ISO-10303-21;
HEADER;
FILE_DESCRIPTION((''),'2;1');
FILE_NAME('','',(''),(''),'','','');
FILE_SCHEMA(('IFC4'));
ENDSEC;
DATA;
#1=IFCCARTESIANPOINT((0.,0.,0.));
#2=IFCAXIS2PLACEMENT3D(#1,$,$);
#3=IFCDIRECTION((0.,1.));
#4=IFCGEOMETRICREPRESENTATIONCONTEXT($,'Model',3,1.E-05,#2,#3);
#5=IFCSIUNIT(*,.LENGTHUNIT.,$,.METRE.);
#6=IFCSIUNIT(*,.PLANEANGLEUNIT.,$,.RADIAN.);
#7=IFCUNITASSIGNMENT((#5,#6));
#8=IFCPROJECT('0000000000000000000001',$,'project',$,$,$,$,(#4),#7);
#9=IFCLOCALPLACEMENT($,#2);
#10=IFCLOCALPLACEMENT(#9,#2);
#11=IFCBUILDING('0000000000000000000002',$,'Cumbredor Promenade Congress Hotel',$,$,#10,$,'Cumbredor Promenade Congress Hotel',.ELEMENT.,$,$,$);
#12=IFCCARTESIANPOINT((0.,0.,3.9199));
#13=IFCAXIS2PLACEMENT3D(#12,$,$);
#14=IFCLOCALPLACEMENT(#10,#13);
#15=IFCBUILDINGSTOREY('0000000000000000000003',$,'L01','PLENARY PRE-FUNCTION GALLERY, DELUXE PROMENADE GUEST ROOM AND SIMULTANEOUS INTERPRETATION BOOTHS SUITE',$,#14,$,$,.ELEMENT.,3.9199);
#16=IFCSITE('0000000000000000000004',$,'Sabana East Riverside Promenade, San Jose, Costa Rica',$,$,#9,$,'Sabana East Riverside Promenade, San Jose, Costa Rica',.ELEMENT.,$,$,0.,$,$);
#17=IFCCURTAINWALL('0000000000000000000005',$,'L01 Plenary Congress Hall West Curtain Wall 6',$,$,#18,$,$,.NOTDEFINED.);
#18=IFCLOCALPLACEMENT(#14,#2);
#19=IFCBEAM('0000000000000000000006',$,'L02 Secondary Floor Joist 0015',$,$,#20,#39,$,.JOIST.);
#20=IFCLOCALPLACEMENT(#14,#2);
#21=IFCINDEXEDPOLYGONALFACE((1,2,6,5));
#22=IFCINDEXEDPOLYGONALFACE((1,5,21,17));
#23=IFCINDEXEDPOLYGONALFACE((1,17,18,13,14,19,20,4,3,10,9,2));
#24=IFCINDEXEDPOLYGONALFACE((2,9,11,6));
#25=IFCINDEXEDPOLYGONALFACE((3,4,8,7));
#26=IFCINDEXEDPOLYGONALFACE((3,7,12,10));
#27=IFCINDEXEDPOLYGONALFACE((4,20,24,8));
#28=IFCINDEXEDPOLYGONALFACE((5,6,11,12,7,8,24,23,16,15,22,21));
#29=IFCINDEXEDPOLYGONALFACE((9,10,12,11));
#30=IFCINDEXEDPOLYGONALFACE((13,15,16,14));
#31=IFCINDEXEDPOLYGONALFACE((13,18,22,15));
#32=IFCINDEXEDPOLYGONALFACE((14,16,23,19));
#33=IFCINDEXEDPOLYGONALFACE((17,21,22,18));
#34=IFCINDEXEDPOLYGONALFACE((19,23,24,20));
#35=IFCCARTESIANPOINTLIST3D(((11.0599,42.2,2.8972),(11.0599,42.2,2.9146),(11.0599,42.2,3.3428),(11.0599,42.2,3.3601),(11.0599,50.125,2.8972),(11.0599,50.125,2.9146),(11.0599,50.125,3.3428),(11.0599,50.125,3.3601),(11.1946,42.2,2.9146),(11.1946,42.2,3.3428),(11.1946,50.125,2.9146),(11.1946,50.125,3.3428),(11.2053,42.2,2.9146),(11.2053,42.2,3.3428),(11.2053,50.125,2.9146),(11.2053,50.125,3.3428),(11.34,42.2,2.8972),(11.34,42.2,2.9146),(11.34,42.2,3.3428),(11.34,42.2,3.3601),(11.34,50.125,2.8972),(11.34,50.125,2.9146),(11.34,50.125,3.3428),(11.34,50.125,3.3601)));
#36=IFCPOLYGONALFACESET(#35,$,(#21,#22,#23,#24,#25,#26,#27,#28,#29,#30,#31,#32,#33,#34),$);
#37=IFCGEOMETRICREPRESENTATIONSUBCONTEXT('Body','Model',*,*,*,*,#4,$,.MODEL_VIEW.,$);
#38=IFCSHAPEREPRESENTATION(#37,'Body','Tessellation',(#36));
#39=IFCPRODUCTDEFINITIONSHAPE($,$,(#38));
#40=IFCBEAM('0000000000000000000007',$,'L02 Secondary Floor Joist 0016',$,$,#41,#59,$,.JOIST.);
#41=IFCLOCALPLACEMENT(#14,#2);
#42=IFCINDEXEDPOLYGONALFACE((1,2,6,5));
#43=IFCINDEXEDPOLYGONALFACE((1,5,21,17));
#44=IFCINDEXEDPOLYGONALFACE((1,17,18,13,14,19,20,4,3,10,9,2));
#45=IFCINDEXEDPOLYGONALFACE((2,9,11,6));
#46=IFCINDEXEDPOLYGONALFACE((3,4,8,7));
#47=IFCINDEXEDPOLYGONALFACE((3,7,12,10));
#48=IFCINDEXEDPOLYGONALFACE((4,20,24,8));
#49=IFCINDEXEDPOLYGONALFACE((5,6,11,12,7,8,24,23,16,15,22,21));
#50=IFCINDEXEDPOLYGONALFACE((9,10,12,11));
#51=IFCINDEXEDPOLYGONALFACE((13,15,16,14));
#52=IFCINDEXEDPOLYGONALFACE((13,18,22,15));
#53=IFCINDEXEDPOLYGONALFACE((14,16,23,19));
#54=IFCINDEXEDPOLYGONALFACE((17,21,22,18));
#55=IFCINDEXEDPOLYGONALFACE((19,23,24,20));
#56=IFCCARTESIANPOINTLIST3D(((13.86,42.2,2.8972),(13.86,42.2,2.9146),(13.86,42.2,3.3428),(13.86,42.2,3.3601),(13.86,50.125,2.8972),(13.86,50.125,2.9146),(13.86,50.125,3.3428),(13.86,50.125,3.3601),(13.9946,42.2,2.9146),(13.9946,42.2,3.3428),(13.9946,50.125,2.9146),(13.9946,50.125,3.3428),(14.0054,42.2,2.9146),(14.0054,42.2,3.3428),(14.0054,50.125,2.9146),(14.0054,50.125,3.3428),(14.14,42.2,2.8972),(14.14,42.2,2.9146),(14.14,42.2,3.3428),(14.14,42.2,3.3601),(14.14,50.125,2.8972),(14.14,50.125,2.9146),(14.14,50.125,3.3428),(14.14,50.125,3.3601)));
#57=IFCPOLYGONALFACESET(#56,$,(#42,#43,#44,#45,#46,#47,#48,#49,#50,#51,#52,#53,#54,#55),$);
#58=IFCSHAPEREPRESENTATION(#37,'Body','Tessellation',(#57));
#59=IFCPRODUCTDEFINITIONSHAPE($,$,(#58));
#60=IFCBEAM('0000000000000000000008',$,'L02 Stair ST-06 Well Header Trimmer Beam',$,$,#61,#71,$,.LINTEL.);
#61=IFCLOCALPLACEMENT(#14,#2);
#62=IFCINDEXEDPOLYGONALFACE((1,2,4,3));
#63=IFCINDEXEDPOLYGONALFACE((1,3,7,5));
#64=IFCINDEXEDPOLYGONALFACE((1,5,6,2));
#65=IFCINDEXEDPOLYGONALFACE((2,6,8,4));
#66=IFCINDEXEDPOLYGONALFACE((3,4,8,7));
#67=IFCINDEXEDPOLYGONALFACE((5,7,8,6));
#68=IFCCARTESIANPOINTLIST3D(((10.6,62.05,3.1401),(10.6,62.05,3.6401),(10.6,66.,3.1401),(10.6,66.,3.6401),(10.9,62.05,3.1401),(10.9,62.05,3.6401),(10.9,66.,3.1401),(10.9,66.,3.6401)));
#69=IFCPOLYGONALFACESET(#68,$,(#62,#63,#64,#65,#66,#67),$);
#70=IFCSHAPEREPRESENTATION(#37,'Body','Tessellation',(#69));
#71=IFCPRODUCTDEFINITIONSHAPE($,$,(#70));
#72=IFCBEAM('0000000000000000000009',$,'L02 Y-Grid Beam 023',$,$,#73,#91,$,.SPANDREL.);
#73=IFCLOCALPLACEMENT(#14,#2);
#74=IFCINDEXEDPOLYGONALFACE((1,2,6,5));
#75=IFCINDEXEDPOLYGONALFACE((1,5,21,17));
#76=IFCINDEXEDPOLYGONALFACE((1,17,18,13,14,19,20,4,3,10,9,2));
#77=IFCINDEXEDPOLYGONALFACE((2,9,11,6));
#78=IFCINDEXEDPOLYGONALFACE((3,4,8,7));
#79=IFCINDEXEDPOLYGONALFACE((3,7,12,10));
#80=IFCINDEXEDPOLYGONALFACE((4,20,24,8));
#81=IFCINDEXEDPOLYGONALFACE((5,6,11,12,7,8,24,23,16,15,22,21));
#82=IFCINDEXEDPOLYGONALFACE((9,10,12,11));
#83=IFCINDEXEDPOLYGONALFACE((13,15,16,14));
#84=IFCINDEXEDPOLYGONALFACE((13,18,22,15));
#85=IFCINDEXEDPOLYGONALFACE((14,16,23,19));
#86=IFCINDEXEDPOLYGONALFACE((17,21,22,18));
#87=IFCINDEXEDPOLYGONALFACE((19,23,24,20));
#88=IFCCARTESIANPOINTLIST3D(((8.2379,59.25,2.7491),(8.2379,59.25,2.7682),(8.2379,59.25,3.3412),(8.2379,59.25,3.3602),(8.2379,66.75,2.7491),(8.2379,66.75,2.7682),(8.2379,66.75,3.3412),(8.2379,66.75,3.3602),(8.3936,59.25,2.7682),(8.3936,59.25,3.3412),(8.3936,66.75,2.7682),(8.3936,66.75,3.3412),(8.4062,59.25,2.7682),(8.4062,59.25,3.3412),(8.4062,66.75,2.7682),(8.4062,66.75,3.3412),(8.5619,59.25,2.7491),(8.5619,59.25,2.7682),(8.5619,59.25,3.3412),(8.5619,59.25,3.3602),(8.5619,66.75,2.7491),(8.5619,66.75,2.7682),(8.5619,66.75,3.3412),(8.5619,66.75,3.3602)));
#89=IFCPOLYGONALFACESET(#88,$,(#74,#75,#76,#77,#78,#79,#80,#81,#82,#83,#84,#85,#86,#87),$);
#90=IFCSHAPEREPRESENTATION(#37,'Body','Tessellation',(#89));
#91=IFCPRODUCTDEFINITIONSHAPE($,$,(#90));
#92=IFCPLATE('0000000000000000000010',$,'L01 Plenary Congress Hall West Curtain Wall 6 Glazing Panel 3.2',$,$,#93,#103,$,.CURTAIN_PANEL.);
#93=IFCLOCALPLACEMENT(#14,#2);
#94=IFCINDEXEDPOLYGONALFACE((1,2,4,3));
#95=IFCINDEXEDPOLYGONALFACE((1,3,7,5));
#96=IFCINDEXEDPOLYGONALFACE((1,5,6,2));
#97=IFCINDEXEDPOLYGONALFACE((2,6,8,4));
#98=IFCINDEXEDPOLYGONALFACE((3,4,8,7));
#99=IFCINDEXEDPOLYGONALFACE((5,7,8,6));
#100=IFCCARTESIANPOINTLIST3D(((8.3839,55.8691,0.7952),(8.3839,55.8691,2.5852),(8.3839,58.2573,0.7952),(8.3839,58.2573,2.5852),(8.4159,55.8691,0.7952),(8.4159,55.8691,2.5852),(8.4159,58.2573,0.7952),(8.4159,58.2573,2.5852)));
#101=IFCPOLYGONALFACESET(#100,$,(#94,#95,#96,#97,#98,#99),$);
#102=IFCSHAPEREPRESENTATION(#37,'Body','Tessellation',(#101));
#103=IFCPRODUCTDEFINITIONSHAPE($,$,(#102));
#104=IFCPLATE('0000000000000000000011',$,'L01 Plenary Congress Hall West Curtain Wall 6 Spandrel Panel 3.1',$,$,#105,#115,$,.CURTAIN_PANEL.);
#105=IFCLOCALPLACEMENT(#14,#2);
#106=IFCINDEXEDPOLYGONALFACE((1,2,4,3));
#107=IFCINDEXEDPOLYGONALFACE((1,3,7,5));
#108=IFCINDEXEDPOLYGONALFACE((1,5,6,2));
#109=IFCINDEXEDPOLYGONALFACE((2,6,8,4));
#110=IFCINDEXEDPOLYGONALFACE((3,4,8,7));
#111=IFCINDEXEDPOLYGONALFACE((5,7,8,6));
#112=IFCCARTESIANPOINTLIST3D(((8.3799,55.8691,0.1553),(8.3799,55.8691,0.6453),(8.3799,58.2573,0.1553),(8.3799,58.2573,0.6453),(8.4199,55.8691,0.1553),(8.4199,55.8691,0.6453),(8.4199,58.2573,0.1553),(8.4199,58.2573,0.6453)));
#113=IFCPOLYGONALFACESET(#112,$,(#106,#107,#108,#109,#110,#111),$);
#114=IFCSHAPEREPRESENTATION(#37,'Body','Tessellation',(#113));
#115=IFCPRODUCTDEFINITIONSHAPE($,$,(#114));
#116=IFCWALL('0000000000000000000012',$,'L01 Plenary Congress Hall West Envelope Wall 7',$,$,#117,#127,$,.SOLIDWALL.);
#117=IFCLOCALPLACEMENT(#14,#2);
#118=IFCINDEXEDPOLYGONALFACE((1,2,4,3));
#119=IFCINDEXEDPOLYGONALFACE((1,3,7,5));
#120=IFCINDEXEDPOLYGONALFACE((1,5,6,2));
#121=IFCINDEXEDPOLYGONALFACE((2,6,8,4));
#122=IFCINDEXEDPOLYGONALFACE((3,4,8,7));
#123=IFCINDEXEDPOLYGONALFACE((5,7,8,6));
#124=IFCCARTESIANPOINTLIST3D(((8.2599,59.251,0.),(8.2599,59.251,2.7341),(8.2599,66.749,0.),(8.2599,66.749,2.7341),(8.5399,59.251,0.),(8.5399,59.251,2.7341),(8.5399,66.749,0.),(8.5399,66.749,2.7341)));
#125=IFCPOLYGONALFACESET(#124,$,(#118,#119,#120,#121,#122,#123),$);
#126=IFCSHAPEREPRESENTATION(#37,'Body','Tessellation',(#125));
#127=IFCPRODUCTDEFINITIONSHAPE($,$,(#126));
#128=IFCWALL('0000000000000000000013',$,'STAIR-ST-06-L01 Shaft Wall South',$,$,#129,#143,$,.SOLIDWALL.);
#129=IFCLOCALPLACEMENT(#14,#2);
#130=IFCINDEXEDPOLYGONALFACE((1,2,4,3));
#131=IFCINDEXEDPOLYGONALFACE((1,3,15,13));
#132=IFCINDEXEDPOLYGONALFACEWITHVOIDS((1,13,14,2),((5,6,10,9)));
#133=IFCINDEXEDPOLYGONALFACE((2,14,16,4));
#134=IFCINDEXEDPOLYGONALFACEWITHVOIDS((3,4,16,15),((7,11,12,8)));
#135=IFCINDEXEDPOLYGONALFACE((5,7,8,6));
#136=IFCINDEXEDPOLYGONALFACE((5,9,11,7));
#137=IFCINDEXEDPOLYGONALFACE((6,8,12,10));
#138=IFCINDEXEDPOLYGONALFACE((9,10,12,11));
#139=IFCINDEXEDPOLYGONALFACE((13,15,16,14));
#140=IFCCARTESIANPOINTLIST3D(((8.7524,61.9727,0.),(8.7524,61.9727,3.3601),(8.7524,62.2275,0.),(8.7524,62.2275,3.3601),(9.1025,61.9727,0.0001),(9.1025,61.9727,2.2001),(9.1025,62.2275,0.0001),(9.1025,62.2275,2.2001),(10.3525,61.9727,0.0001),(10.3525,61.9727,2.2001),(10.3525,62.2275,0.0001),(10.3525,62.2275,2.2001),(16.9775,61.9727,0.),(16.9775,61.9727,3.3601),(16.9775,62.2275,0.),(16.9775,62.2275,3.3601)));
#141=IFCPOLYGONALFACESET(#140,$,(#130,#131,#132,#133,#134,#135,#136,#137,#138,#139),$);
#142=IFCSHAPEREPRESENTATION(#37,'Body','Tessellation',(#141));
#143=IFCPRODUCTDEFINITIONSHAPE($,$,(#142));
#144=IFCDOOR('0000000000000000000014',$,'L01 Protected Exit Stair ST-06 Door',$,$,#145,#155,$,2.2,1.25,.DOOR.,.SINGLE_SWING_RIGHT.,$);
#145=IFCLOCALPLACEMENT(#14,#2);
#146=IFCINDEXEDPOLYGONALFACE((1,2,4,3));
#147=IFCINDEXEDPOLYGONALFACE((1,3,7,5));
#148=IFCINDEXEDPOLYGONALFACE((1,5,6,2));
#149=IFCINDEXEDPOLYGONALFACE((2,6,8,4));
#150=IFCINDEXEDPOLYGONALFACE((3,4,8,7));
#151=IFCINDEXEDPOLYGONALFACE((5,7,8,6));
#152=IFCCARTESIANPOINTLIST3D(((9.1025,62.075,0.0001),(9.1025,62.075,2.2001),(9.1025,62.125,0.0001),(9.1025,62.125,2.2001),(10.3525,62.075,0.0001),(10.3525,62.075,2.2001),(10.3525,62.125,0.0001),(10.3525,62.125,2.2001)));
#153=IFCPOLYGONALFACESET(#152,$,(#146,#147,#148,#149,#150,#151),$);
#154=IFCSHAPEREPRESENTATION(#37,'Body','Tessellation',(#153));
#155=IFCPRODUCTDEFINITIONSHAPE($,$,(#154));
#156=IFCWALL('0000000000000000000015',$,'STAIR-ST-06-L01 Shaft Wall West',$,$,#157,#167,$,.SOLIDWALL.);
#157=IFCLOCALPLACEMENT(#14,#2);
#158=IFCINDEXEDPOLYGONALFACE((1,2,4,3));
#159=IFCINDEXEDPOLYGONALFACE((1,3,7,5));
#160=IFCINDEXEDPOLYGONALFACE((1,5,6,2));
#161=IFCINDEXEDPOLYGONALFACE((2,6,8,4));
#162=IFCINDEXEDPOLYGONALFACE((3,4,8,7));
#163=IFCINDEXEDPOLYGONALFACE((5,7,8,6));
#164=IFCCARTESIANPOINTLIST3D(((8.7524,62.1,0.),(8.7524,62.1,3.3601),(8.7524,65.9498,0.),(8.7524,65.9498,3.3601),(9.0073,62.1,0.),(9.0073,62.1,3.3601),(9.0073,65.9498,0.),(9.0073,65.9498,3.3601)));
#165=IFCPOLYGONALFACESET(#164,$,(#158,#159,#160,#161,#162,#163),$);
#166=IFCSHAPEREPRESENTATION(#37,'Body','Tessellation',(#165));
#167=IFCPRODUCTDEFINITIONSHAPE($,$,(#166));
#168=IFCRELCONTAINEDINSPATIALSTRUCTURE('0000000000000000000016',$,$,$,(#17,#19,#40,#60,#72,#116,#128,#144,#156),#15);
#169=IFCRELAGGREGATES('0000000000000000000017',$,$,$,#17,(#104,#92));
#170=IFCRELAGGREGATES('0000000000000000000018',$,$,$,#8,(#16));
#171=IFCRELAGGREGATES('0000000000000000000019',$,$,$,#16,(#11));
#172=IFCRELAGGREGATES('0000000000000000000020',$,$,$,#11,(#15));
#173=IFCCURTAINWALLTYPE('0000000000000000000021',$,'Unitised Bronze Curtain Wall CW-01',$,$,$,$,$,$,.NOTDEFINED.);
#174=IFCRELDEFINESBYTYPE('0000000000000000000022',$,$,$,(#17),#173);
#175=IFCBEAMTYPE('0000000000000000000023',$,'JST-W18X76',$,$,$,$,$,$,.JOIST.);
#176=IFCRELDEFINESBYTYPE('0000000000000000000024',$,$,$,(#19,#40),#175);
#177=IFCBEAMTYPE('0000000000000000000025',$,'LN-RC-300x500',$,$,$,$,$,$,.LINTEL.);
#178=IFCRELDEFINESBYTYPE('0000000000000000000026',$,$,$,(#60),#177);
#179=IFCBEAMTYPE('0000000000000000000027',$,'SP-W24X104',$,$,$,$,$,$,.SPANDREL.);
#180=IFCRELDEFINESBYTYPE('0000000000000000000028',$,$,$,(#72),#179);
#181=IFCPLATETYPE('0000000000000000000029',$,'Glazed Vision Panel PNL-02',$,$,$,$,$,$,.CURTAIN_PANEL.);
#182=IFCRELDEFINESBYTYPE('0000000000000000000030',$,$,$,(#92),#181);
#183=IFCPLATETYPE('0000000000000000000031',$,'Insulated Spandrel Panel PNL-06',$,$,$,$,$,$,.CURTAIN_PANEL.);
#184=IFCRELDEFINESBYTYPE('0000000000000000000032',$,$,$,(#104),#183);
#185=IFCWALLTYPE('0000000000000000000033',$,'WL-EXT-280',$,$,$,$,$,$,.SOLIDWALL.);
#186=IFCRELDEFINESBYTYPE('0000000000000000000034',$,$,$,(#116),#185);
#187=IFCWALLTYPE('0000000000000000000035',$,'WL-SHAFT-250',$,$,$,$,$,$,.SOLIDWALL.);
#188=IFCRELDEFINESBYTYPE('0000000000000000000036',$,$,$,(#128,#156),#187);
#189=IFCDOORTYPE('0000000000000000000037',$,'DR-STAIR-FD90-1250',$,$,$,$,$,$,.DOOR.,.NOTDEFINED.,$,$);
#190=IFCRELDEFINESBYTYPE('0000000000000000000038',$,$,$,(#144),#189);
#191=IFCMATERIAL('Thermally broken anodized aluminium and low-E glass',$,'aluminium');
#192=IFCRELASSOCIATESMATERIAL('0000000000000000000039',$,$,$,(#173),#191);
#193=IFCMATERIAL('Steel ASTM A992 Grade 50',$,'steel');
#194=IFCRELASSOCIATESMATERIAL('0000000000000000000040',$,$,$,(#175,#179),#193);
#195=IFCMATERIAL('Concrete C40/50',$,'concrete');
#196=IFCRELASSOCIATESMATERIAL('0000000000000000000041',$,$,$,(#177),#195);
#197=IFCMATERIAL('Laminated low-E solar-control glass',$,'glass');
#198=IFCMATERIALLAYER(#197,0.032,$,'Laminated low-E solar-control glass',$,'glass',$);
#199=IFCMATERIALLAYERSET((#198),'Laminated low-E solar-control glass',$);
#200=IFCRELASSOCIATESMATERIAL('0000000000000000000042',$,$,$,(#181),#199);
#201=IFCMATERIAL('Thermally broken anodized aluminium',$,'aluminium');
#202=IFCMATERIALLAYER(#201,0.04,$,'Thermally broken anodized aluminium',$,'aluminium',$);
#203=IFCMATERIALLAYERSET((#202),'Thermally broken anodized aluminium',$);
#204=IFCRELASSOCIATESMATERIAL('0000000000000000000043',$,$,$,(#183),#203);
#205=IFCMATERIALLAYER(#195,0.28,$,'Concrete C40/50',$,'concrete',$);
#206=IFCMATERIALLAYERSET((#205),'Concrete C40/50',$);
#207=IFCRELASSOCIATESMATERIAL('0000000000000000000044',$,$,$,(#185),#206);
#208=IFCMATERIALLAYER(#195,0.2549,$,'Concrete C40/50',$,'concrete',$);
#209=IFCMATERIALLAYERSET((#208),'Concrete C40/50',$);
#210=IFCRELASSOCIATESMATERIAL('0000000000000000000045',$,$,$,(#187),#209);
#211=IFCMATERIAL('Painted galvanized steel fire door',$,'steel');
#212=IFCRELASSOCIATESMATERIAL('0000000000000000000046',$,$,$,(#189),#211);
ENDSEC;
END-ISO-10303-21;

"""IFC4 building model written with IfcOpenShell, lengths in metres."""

from ifc_helpers import new_model, si_unit, direction, frame, frame_2d, origin, origin_2d, place, context, subcontext, project, spatial, rectangle, i_section, extrude, material, layer, layer_set, material_profile, profile_set, type_object, element, fill, aggregate, save


model = new_model("IFC4")

# Units and contexts
model_context = context("Model", 3, precision=1e-05, world=origin(), true_north=direction((0.0, 1.0)))
body_context = subcontext(model_context, "Body", "Model", "MODEL_VIEW")
ifc_project = project(units=[si_unit("LENGTHUNIT", "METRE"), si_unit("PLANEANGLEUNIT", "RADIAN")], contexts=[model_context])

# Site, building, storey
site_placement = place(None, origin())
site = spatial("IfcSite", under=ifc_project, at=site_placement, Name="Sabana East Riverside Promenade, San Jose, Costa Rica", LongName="Sabana East Riverside Promenade, San Jose, Costa Rica", CompositionType="ELEMENT", RefElevation=0.0)
building_placement = place(site_placement, origin())
building = spatial("IfcBuilding", under=site, at=building_placement, Name="Cumbredor Promenade Congress Hotel", LongName="Cumbredor Promenade Congress Hotel", CompositionType="ELEMENT")
storey_placement = place(building_placement, frame((0.0, 0.0, 3.9199)))
storey = spatial("IfcBuildingStorey", under=building, at=storey_placement, Name="L01", Description="PLENARY PRE-FUNCTION GALLERY, DELUXE PROMENADE GUEST ROOM AND SIMULTANEOUS INTERPRETATION BOOTHS SUITE", CompositionType="ELEMENT", Elevation=3.9199)

# Shared definitions
ifc_material_1 = material(Name="Concrete C40/50", Category="concrete")
ifc_material_2 = material(Name="Steel ASTM A992 Grade 50", Category="steel")

# Curtain wall
ifc_material_3 = material(Name="Thermally broken anodized aluminium and low-E glass", Category="aluminium")
curtain_wall_type = type_object("IfcCurtainWallType", Name="Unitised Bronze Curtain Wall CW-01", PredefinedType="NOTDEFINED", material=ifc_material_3)
curtain_wall_placement = place(storey_placement, origin())
curtain_wall = element("IfcCurtainWall", 1, at=curtain_wall_placement, inside=storey, type_object=curtain_wall_type, Name="L01 Plenary Congress Hall West Curtain Wall 6", PredefinedType="NOTDEFINED")
ifc_material_4 = material(Name="Thermally broken anodized aluminium", Category="aluminium")

# Beams
ifc_material_profile_1 = material_profile(ifc_material_2, i_section(OverallWidth=0.28, OverallDepth=0.4629, WebThickness=0.0107, FlangeThickness=0.0173, at=origin_2d()), Name="W18X76")
ifc_profile_set_1 = profile_set([ifc_material_profile_1], Name="Steel ASTM A992 Grade 50")
beam_type_1 = type_object("IfcBeamType", Name="JST-W18X76", PredefinedType="JOIST", material=ifc_profile_set_1)
for number, where, z_axis, x_axis, name in (
    (2, (11.2, 42.2, 3.1287), (0.0, 1.0, 0.0), (-1.0, 0.0, 0.0), "L02 Secondary Floor Joist 0015"),
    (3, (14.0, 42.2, 3.1287), (0.0, 1.0, 0.0), (-1.0, 0.0, 0.0), "L02 Secondary Floor Joist 0016"),
):
    element("IfcBeam", number, at=place(storey_placement, frame(where, z_axis=z_axis, x_axis=x_axis)), inside=storey, type_object=beam_type_1, Name=name, PredefinedType="JOIST", context=body_context, shape_type="SweptSolid", body=[
        extrude(i_section(OverallWidth=0.28, OverallDepth=0.4629, WebThickness=0.0107, FlangeThickness=0.0173, at=origin_2d()), origin(), (0.0, 0.0, 1.0), 7.925),
    ])
ifc_material_profile_2 = material_profile(ifc_material_1, rectangle(XDim=0.3, YDim=0.5, at=origin_2d()), Name="RC LINTEL 300x500")
ifc_profile_set_2 = profile_set([ifc_material_profile_2], Name="Concrete C40/50")
beam_type_2 = type_object("IfcBeamType", Name="LN-RC-300x500", PredefinedType="LINTEL", material=ifc_profile_set_2)
beam_1_placement = place(storey_placement, frame((10.75, 62.05, 3.3901), z_axis=(0.0, 1.0, 0.0), x_axis=(-1.0, 0.0, 0.0)))
element("IfcBeam", 4, at=beam_1_placement, inside=storey, type_object=beam_type_2, Name="L02 Stair ST-06 Well Header Trimmer Beam", PredefinedType="LINTEL", context=body_context, shape_type="SweptSolid", body=[
    extrude(rectangle(XDim=0.3, YDim=0.5, at=origin_2d()), origin(), (0.0, 0.0, 1.0), 3.95),
])
ifc_material_profile_3 = material_profile(ifc_material_2, i_section(OverallWidth=0.324, OverallDepth=0.6111, WebThickness=0.0127, FlangeThickness=0.019, at=origin_2d()), Name="W24X104")
ifc_profile_set_3 = profile_set([ifc_material_profile_3], Name="Steel ASTM A992 Grade 50")
beam_type_3 = type_object("IfcBeamType", Name="SP-W24X104", PredefinedType="SPANDREL", material=ifc_profile_set_3)
beam_2_placement = place(storey_placement, frame((8.3999, 59.25, 3.0547), z_axis=(0.0, 1.0, 0.0), x_axis=(-1.0, 0.0, 0.0)))
element("IfcBeam", 5, at=beam_2_placement, inside=storey, type_object=beam_type_3, Name="L02 Y-Grid Beam 023", PredefinedType="SPANDREL", context=body_context, shape_type="SweptSolid", body=[
    extrude(i_section(OverallWidth=0.324, OverallDepth=0.6111, WebThickness=0.0127, FlangeThickness=0.019, at=origin_2d()), origin(), (0.0, 0.0, 1.0), 7.5),
])

# Plates
ifc_material_5 = material(Name="Laminated low-E solar-control glass", Category="glass")
ifc_layer_1 = layer(ifc_material_5, 0.032, Name="Laminated low-E solar-control glass", Category="glass")
ifc_layer_set_1 = layer_set([ifc_layer_1], Name="Laminated low-E solar-control glass")
plate_type_1 = type_object("IfcPlateType", Name="Glazed Vision Panel PNL-02", PredefinedType="CURTAIN_PANEL", material=ifc_layer_set_1)
plate_1_placement = place(storey_placement, frame((8.3999, 57.0632, 0.7952), z_axis=(0.0, 0.0, 1.0), x_axis=(0.0, 1.0, 0.0)))
plate_1 = element("IfcPlate", 6, at=plate_1_placement, type_object=plate_type_1, Name="L01 Plenary Congress Hall West Curtain Wall 6 Glazing Panel 3.2", PredefinedType="CURTAIN_PANEL", context=body_context, shape_type="SweptSolid", body=[
    extrude(rectangle(XDim=2.3882, YDim=0.032, at=origin_2d()), origin(), (0.0, 0.0, 1.0), 1.79),
])
ifc_layer_2 = layer(ifc_material_4, 0.04, Name="Thermally broken anodized aluminium", Category="aluminium")
ifc_layer_set_2 = layer_set([ifc_layer_2], Name="Thermally broken anodized aluminium")
plate_type_2 = type_object("IfcPlateType", Name="Insulated Spandrel Panel PNL-06", PredefinedType="CURTAIN_PANEL", material=ifc_layer_set_2)
plate_2_placement = place(storey_placement, frame((8.3999, 57.0632, 0.1553), z_axis=(0.0, 0.0, 1.0), x_axis=(0.0, 1.0, 0.0)))
plate_2 = element("IfcPlate", 7, at=plate_2_placement, type_object=plate_type_2, Name="L01 Plenary Congress Hall West Curtain Wall 6 Spandrel Panel 3.1", PredefinedType="CURTAIN_PANEL", context=body_context, shape_type="SweptSolid", body=[
    extrude(rectangle(XDim=2.3882, YDim=0.04, at=origin_2d()), origin(), (0.0, 0.0, 1.0), 0.49),
])
aggregate(curtain_wall, [plate_2, plate_1])

# Wall
ifc_layer_3 = layer(ifc_material_1, 0.28, Name="Concrete C40/50", Category="concrete")
ifc_layer_set_3 = layer_set([ifc_layer_3], Name="Concrete C40/50")
wall_type_1 = type_object("IfcWallType", Name="WL-EXT-280", PredefinedType="SOLIDWALL", material=ifc_layer_set_3)
wall_1_placement = place(storey_placement, frame((8.3999, 59.251, 0.0), z_axis=(0.0, 0.0, 1.0), x_axis=(0.0, 1.0, 0.0)))
element("IfcWall", 8, at=wall_1_placement, inside=storey, type_object=wall_type_1, Name="L01 Plenary Congress Hall West Envelope Wall 7", PredefinedType="SOLIDWALL", context=body_context, shape_type="SweptSolid", body=[
    extrude(rectangle(XDim=7.498, YDim=0.28, at=frame_2d((3.749, 0.0))), origin(), (0.0, 0.0, 1.0), 2.7341),
])

# Wall, opening, door
ifc_layer_4 = layer(ifc_material_1, 0.2549, Name="Concrete C40/50", Category="concrete")
ifc_layer_set_4 = layer_set([ifc_layer_4], Name="Concrete C40/50")
wall_type_2 = type_object("IfcWallType", Name="WL-SHAFT-250", PredefinedType="SOLIDWALL", material=ifc_layer_set_4)
wall_2_placement = place(storey_placement, frame((8.7524, 62.1001, 0.0), z_axis=(0.0, 0.0, 1.0), x_axis=(1.0, 0.0, 0.0)))
wall_2 = element("IfcWall", 9, at=wall_2_placement, inside=storey, type_object=wall_type_2, Name="STAIR-ST-06-L01 Shaft Wall South", PredefinedType="SOLIDWALL", context=body_context, shape_type="SweptSolid", body=[
    extrude(rectangle(XDim=8.2251, YDim=0.2549, at=frame_2d((4.1125, 0.0))), origin(), (0.0, 0.0, 1.0), 3.3601),
])
opening_placement = place(wall_2_placement, frame((0.3501, 0.0, 0.0)))
opening = element("IfcOpeningElement", 10, at=opening_placement, cuts=wall_2, PredefinedType="OPENING", context=body_context, shape_type="SweptSolid", body=[
    extrude(rectangle(XDim=1.25, YDim=2.2, at=frame_2d((0.625, 1.1001))), frame((0.0, 0.1375, 0.0), z_axis=(0.0, -1.0, 0.0), x_axis=(1.0, 0.0, 0.0)), (0.0, 0.0, 1.0), 0.2749),
])
ifc_material_6 = material(Name="Painted galvanized steel fire door", Category="steel")
door_type = type_object("IfcDoorType", Name="DR-STAIR-FD90-1250", OperationType="NOTDEFINED", PredefinedType="DOOR", material=ifc_material_6)
door_placement = place(opening_placement, origin())
door = element("IfcDoor", 11, at=door_placement, inside=storey, type_object=door_type, Name="L01 Protected Exit Stair ST-06 Door", OperationType="SINGLE_SWING_RIGHT", OverallHeight=2.2, OverallWidth=1.25, PredefinedType="DOOR", context=body_context, shape_type="SweptSolid", body=[
    extrude(rectangle(XDim=1.25, YDim=2.2, at=frame_2d((0.625, 1.1001))), frame((0.0, 0.0249, 0.0), z_axis=(0.0, -1.0, 0.0), x_axis=(1.0, 0.0, 0.0)), (0.0, 0.0, 1.0), 0.05),
])
fill(opening, door)

# Wall
wall_3_placement = place(storey_placement, frame((8.8799, 62.1001, 0.0), z_axis=(0.0, 0.0, 1.0), x_axis=(0.0, 1.0, 0.0)))
element("IfcWall", 12, at=wall_3_placement, inside=storey, type_object=wall_type_2, Name="STAIR-ST-06-L01 Shaft Wall West", PredefinedType="SOLIDWALL", context=body_context, shape_type="SweptSolid", body=[
    extrude(rectangle(XDim=3.8499, YDim=0.2549, at=frame_2d((1.9248, 0.0))), origin(), (0.0, 0.0, 1.0), 3.3601),
])

save(model, "model.ifc")
